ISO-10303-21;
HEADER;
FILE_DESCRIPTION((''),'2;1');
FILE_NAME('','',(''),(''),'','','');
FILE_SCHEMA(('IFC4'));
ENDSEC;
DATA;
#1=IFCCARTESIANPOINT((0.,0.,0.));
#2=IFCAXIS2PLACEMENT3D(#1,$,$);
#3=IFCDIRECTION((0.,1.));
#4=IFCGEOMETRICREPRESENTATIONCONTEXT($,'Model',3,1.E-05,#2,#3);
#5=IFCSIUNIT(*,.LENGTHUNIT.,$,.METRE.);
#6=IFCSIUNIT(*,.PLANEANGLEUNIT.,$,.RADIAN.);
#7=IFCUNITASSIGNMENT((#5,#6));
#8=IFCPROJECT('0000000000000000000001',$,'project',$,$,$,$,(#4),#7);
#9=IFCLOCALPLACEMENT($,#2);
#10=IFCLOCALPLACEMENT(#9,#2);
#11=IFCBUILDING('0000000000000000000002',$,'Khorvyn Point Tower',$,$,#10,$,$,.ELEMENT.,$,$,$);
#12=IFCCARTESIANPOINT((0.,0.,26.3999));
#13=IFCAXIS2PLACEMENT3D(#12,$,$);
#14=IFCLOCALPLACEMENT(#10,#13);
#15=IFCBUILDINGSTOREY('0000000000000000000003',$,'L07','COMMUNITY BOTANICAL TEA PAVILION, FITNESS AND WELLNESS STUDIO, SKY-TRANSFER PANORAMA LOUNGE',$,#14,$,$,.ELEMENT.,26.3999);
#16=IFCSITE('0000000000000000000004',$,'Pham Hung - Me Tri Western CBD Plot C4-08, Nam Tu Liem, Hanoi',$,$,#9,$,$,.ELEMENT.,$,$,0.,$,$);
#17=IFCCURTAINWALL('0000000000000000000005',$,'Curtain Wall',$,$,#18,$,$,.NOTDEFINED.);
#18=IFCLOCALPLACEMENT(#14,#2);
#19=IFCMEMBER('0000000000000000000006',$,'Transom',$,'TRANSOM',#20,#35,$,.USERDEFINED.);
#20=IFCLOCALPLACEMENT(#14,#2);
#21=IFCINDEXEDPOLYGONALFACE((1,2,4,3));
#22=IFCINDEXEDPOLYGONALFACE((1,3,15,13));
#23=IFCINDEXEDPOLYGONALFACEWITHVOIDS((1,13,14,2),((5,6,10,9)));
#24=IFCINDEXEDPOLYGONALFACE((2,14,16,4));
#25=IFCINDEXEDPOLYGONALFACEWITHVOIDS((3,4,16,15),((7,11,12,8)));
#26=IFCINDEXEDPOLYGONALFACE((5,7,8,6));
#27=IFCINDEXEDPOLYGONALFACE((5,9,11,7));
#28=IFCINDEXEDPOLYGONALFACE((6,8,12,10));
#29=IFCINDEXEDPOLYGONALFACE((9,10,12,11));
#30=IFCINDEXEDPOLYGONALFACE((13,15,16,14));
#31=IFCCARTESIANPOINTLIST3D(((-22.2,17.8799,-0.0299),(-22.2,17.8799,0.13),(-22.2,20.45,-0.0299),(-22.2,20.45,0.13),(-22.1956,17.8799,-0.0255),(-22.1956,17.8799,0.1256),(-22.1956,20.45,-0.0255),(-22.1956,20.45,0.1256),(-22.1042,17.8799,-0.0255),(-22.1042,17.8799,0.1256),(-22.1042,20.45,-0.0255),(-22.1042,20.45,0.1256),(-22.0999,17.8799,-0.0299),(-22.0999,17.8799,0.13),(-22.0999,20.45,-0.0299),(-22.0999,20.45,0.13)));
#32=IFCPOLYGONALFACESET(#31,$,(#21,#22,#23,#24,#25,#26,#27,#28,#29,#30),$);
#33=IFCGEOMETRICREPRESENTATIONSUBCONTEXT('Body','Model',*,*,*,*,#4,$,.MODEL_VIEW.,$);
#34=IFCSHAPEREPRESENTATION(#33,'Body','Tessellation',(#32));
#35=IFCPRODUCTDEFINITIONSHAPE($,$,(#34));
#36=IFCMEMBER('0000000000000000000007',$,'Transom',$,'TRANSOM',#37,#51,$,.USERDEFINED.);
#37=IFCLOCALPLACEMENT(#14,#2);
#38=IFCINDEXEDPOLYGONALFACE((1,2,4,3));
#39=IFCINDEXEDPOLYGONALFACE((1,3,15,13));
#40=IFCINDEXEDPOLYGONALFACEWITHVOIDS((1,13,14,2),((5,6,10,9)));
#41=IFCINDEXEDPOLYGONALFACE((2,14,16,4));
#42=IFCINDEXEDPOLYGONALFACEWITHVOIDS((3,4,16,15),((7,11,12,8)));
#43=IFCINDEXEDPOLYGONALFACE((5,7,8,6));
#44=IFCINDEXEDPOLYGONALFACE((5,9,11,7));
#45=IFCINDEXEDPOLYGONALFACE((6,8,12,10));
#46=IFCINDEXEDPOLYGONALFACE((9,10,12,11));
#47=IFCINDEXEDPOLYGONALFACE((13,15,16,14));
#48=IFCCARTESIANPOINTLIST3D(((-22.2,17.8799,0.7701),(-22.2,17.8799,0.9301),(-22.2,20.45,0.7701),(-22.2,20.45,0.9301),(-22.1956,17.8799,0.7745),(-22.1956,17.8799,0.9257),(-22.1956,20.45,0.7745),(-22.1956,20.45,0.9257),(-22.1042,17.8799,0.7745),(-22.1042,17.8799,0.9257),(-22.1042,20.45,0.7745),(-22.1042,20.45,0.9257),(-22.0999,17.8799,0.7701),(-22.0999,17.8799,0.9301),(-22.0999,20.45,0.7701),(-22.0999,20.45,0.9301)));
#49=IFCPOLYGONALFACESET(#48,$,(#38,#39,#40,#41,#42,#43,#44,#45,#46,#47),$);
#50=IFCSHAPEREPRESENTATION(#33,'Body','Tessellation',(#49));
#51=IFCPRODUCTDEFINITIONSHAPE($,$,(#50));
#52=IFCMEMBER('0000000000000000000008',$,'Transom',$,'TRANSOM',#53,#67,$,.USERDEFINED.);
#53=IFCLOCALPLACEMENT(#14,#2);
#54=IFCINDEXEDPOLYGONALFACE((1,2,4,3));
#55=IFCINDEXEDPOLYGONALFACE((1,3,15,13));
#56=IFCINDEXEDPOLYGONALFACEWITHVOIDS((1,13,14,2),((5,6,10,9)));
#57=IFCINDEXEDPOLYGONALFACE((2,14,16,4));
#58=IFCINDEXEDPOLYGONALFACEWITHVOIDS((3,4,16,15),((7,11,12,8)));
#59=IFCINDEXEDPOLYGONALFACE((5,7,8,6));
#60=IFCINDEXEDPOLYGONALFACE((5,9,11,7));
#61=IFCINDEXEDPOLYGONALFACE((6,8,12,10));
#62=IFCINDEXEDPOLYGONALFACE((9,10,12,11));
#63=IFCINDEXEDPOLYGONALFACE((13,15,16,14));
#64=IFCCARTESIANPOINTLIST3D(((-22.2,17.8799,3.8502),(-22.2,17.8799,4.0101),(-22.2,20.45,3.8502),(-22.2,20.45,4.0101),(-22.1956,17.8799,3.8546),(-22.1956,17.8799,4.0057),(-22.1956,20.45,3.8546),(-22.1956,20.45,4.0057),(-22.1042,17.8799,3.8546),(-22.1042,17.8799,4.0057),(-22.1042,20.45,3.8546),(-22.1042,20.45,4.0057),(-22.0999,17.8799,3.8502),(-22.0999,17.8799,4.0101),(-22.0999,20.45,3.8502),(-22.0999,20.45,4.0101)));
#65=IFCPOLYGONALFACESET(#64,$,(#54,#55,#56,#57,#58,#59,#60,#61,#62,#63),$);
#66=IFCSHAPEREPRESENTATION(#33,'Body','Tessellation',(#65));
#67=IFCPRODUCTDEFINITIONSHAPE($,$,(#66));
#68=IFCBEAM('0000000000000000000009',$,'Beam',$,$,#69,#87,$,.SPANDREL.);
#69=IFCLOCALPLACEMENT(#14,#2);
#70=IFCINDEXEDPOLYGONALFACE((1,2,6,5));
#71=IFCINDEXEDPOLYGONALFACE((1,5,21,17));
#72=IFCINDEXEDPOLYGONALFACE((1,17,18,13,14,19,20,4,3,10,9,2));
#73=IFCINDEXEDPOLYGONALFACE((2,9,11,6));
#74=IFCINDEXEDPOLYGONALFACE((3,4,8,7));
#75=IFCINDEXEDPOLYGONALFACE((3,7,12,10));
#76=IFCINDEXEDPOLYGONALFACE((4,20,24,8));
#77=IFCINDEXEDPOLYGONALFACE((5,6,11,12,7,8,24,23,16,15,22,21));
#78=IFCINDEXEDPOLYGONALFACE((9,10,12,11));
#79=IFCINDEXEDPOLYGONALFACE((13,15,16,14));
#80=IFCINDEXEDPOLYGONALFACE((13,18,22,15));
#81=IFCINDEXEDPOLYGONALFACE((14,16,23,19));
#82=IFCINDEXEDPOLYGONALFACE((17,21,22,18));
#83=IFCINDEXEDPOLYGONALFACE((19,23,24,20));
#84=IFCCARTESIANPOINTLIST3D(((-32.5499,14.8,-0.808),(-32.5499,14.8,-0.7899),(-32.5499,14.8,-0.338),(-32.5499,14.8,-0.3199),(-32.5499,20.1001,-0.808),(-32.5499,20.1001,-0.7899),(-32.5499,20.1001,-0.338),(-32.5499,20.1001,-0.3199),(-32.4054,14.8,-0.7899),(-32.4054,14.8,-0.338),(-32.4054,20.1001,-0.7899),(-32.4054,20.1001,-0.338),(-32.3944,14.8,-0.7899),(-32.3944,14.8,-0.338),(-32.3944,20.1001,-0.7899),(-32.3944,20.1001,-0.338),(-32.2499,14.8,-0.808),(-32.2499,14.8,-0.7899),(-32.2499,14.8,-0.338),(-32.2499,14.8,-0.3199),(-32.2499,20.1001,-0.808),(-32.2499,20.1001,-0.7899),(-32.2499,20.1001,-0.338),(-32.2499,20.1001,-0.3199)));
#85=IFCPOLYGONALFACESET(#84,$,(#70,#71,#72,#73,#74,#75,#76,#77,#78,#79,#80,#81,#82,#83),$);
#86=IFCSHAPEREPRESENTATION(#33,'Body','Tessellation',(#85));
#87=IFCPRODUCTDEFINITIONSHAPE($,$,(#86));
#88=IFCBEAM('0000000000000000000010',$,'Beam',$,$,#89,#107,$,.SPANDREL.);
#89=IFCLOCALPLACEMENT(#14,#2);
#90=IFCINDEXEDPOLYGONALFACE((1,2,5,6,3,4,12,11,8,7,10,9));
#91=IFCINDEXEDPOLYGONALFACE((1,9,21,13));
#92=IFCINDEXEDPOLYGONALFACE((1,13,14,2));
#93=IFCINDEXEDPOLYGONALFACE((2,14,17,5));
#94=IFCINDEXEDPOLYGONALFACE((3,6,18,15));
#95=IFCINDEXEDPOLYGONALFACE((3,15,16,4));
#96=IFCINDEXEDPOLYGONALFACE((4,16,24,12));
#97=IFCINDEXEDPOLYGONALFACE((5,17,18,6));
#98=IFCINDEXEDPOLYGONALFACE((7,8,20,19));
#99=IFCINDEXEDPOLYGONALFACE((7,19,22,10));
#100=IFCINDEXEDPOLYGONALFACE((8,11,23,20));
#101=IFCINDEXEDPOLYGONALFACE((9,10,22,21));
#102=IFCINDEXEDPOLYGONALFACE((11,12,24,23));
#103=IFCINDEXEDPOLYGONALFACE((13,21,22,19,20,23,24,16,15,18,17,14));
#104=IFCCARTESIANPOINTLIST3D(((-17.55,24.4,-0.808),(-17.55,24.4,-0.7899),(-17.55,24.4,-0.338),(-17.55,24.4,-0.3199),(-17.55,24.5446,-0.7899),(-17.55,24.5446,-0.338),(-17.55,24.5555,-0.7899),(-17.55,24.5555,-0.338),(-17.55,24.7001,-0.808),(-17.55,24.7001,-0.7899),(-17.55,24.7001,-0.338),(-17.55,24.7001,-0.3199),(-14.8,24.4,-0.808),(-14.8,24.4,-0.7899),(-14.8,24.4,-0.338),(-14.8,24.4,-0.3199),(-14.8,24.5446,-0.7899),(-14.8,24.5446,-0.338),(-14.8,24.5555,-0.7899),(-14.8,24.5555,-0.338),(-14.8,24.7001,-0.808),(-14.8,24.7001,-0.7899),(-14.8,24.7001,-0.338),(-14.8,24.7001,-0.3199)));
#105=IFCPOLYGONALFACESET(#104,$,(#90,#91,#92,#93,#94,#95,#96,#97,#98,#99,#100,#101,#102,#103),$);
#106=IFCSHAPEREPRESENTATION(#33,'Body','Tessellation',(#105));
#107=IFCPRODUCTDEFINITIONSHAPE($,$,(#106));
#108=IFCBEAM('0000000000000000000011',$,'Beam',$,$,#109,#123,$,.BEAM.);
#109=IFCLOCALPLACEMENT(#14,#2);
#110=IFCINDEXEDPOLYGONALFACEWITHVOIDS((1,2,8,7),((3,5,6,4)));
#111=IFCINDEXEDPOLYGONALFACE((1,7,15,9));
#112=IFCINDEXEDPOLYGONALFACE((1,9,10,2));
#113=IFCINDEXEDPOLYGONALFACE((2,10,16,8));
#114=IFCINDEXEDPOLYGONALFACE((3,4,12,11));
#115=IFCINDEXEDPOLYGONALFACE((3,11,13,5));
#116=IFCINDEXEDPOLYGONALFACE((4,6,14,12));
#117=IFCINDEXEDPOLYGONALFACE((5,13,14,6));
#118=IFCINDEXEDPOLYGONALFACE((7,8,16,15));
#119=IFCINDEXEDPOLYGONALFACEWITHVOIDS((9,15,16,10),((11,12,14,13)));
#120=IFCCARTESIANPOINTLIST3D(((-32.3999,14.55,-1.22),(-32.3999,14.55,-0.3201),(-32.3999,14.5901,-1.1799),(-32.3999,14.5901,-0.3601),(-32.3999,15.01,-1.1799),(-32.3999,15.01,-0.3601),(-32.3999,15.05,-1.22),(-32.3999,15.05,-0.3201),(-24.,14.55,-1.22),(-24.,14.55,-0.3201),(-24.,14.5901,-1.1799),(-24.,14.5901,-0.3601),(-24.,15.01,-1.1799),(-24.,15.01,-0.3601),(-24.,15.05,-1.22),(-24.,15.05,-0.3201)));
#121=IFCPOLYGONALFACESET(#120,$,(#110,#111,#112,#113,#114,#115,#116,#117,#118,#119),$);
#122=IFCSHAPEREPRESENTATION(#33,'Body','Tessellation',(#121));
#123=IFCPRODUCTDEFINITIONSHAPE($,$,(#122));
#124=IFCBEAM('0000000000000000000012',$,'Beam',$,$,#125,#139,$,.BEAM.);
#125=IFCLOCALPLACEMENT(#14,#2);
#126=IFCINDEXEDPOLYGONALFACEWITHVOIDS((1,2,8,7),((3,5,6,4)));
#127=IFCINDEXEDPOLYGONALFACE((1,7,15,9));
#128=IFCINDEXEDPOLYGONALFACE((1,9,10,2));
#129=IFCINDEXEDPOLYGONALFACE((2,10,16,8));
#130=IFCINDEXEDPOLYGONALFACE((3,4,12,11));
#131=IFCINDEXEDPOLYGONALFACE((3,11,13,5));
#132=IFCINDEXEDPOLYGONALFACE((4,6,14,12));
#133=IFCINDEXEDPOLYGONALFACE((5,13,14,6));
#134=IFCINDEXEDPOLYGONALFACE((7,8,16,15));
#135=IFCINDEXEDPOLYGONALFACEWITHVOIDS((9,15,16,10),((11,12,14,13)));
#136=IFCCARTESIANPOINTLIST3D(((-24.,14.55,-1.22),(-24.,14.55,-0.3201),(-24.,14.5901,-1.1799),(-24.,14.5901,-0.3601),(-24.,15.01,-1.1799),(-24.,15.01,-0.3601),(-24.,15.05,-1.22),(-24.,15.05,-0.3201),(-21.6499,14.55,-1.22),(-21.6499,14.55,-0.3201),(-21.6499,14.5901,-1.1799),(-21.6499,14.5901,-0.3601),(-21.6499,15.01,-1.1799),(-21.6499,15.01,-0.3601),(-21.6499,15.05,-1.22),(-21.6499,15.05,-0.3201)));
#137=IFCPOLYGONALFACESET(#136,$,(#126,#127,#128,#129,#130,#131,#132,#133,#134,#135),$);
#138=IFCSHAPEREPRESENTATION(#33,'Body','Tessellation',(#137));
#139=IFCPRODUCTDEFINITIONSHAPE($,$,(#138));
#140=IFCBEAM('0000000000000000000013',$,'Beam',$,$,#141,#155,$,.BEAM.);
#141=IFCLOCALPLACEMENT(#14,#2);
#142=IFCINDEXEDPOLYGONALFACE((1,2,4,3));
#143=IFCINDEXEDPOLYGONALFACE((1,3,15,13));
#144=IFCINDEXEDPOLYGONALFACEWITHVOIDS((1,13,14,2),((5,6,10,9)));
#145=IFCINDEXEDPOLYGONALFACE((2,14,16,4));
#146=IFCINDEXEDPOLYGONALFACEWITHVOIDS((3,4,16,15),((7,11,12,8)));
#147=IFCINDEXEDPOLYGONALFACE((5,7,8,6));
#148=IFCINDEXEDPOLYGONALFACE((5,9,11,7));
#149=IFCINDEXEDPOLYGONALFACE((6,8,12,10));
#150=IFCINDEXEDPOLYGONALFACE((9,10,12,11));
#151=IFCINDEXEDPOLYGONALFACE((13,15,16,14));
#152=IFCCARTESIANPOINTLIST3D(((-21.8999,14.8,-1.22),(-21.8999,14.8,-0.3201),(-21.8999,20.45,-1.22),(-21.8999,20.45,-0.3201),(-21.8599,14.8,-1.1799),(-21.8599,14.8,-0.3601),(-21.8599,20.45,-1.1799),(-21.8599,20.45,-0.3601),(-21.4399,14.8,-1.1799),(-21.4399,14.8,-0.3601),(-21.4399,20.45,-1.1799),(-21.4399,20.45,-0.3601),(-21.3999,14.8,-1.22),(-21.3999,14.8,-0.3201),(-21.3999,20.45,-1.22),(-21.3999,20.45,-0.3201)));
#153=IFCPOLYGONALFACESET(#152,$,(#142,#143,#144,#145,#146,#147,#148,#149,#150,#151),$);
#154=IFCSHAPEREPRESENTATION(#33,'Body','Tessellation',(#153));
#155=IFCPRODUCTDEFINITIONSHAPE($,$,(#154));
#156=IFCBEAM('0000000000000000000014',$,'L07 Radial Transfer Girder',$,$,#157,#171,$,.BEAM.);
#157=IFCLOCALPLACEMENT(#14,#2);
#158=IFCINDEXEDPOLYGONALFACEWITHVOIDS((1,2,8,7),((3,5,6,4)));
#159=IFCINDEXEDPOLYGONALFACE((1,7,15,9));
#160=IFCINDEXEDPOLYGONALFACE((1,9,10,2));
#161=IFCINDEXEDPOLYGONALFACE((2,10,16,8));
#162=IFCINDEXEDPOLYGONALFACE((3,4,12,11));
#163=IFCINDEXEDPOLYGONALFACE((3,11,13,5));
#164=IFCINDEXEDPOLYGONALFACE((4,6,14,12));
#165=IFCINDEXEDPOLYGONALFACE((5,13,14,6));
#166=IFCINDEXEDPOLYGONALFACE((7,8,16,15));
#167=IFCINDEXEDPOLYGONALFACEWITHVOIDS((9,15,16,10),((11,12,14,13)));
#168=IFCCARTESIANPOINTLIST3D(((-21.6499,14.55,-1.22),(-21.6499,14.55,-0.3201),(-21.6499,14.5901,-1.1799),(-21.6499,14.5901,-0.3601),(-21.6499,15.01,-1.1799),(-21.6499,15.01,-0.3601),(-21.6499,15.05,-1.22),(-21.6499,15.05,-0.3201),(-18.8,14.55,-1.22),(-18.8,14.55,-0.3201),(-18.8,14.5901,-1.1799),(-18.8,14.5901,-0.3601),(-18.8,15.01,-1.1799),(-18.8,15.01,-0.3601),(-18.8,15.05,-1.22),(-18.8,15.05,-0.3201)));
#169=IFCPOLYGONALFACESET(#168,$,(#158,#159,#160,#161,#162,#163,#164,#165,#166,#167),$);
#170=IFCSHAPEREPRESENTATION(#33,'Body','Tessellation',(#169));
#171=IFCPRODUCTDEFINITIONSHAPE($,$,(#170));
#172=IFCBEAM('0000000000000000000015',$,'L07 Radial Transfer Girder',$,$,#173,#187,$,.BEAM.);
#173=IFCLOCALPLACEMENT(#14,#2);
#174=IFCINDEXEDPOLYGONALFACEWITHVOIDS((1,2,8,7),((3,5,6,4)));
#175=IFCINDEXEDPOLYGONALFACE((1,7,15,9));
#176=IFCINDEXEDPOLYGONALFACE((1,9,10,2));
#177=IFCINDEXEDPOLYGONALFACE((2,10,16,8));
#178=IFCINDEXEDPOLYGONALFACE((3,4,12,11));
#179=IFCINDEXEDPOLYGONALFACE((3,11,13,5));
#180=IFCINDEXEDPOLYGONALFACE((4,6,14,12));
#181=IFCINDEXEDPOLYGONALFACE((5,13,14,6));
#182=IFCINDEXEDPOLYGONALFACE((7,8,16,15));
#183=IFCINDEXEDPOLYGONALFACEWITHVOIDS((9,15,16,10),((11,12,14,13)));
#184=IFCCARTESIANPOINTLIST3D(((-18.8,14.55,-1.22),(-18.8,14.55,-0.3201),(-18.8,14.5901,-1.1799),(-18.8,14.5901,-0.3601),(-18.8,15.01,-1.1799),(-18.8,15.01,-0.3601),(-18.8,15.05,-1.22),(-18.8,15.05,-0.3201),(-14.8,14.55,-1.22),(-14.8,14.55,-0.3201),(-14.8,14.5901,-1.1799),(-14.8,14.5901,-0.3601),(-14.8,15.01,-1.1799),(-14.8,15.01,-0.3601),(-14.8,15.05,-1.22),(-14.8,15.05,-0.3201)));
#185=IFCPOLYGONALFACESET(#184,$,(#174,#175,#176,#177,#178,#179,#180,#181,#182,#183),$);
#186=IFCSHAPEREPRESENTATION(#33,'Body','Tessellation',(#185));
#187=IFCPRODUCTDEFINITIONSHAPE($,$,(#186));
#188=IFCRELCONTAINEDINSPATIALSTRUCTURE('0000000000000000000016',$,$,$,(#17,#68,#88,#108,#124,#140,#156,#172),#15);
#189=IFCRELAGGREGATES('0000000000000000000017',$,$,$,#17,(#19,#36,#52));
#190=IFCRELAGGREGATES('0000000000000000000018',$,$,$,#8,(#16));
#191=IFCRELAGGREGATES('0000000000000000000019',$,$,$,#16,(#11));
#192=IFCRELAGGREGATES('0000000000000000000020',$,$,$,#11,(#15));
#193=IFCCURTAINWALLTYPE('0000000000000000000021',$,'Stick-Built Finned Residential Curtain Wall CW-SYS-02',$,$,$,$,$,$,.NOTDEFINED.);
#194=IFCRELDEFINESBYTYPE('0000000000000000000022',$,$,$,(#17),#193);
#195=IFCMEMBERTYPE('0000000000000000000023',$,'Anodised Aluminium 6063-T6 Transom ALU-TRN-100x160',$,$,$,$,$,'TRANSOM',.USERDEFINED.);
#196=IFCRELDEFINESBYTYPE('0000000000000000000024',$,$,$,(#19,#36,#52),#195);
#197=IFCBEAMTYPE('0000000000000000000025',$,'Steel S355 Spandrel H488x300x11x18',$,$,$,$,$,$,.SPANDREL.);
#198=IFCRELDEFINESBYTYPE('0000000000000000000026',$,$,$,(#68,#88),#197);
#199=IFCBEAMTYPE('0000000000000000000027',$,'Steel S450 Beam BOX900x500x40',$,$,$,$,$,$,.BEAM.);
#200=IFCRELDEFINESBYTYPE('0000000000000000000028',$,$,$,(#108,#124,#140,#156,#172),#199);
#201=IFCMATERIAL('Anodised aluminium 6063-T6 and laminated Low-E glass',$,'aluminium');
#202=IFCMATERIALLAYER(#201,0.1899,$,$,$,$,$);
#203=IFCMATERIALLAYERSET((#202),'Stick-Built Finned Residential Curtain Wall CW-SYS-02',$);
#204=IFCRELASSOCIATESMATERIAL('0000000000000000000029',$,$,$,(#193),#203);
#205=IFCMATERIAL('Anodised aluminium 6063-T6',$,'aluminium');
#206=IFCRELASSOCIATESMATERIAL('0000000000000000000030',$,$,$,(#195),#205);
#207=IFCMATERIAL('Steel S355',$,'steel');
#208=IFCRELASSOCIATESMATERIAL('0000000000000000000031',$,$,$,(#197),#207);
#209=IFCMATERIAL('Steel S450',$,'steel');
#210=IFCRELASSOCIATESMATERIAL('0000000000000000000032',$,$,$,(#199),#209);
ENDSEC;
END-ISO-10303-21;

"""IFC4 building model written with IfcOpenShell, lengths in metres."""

from ifc_helpers import new_model, si_unit, direction, frame, origin, origin_2d, place, context, subcontext, project, spatial, hollow_rectangle, i_section, extrude, material, layer, layer_set, material_profile, profile_set, type_object, element, aggregate, save


model = new_model("IFC4")

# Units and contexts
model_context = context("Model", 3, precision=1e-05, world=origin(), true_north=direction((0.0, 1.0)))
body_context = subcontext(model_context, "Body", "Model", "MODEL_VIEW")
ifc_project = project(units=[si_unit("LENGTHUNIT", "METRE"), si_unit("PLANEANGLEUNIT", "RADIAN")], contexts=[model_context])

# Site, building, storey
site_placement = place(None, origin())
site = spatial("IfcSite", under=ifc_project, at=site_placement, Name="Pham Hung - Me Tri Western CBD Plot C4-08, Nam Tu Liem, Hanoi", CompositionType="ELEMENT", RefElevation=0.0)
building_placement = place(site_placement, origin())
building = spatial("IfcBuilding", under=site, at=building_placement, Name="Khorvyn Point Tower", CompositionType="ELEMENT")
storey_placement = place(building_placement, frame((0.0, 0.0, 26.3999)))
storey = spatial("IfcBuildingStorey", under=building, at=storey_placement, Name="L07", Description="COMMUNITY BOTANICAL TEA PAVILION, FITNESS AND WELLNESS STUDIO, SKY-TRANSFER PANORAMA LOUNGE", CompositionType="ELEMENT", Elevation=26.3999)

# Shared definitions
ifc_material_1 = material(Name="Steel S450", Category="steel")

# Shared definitions
ifc_material_2 = material(Name="Anodised aluminium 6063-T6 and laminated Low-E glass", Category="aluminium")
ifc_layer_1 = layer(ifc_material_2, 0.1899)
ifc_layer_set_1 = layer_set([ifc_layer_1], Name="Stick-Built Finned Residential Curtain Wall CW-SYS-02")
curtain_wall_type = type_object("IfcCurtainWallType", Name="Stick-Built Finned Residential Curtain Wall CW-SYS-02", PredefinedType="NOTDEFINED", material=ifc_layer_set_1)
ifc_material_3 = material(Name="Anodised aluminium 6063-T6", Category="aluminium")

# Curtain wall
curtain_wall_1_placement = place(storey_placement, origin())
curtain_wall_1 = element("IfcCurtainWall", 1, at=curtain_wall_1_placement, inside=storey, type_object=curtain_wall_type, Name="Curtain Wall", PredefinedType="NOTDEFINED")

# Members
ifc_material_profile_1 = material_profile(ifc_material_3, hollow_rectangle(XDim=0.1001, YDim=0.1599, WallThickness=0.0044, at=origin_2d()))
ifc_profile_set_1 = profile_set([ifc_material_profile_1], Name="Anodised aluminium 6063-T6 ALU-TRN-100x160")
member_type_1 = type_object("IfcMemberType", Name="Anodised Aluminium 6063-T6 Transom ALU-TRN-100x160", ElementType="TRANSOM", PredefinedType="USERDEFINED", material=ifc_profile_set_1)
member_1_placement = place(storey_placement, frame((-22.1499, 17.8799, 0.05), z_axis=(0.0, 1.0, 0.0), x_axis=(-1.0, 0.0, 0.0)))
member_1 = element("IfcMember", 2, at=member_1_placement, type_object=member_type_1, Name="Transom", ObjectType="TRANSOM", PredefinedType="USERDEFINED", context=body_context, shape_type="SweptSolid", body=[
    extrude(hollow_rectangle(XDim=0.1001, YDim=0.1599, WallThickness=0.0044, at=origin_2d()), origin(), (0.0, 0.0, 1.0), 2.5701),
])
member_2_placement = place(storey_placement, frame((-22.1499, 17.8799, 0.8501), z_axis=(0.0, 1.0, 0.0), x_axis=(-1.0, 0.0, 0.0)))
member_2 = element("IfcMember", 3, at=member_2_placement, type_object=member_type_1, Name="Transom", ObjectType="TRANSOM", PredefinedType="USERDEFINED", context=body_context, shape_type="SweptSolid", body=[
    extrude(hollow_rectangle(XDim=0.1001, YDim=0.1599, WallThickness=0.0044, at=origin_2d()), origin(), (0.0, 0.0, 1.0), 2.5701),
])
member_3_placement = place(storey_placement, frame((-22.1499, 17.8799, 3.9302), z_axis=(0.0, 1.0, 0.0), x_axis=(-1.0, 0.0, 0.0)))
member_3 = element("IfcMember", 4, at=member_3_placement, type_object=member_type_1, Name="Transom", ObjectType="TRANSOM", PredefinedType="USERDEFINED", context=body_context, shape_type="SweptSolid", body=[
    extrude(hollow_rectangle(XDim=0.1001, YDim=0.1599, WallThickness=0.0044, at=origin_2d()), origin(), (0.0, 0.0, 1.0), 2.5701),
])

# Beams
ifc_material_4 = material(Name="Steel S355", Category="steel")
ifc_material_profile_2 = material_profile(ifc_material_4, i_section(OverallWidth=0.3, OverallDepth=0.488, WebThickness=0.011, FlangeThickness=0.0181, at=origin_2d()))
ifc_profile_set_2 = profile_set([ifc_material_profile_2], Name="Steel S355 H488x300x11x18")
beam_type_1 = type_object("IfcBeamType", Name="Steel S355 Spandrel H488x300x11x18", PredefinedType="SPANDREL", material=ifc_profile_set_2)
beam_1_placement = place(storey_placement, frame((-32.3999, 14.8, -0.564), z_axis=(0.0, 1.0, 0.0), x_axis=(-1.0, 0.0, 0.0)))
element("IfcBeam", 5, at=beam_1_placement, inside=storey, type_object=beam_type_1, Name="Beam", PredefinedType="SPANDREL", context=body_context, shape_type="SweptSolid", body=[
    extrude(i_section(OverallWidth=0.3, OverallDepth=0.488, WebThickness=0.011, FlangeThickness=0.0181, at=origin_2d()), origin(), (0.0, 0.0, 1.0), 5.3),
])
beam_2_placement = place(storey_placement, frame((-17.55, 24.55, -0.564), z_axis=(1.0, 0.0, 0.0), x_axis=(0.0, 1.0, 0.0)))
element("IfcBeam", 6, at=beam_2_placement, inside=storey, type_object=beam_type_1, Name="Beam", PredefinedType="SPANDREL", context=body_context, shape_type="SweptSolid", body=[
    extrude(i_section(OverallWidth=0.3, OverallDepth=0.488, WebThickness=0.011, FlangeThickness=0.0181, at=origin_2d()), origin(), (0.0, 0.0, 1.0), 2.75),
])
ifc_material_profile_3 = material_profile(ifc_material_1, hollow_rectangle(XDim=0.5, YDim=0.8999, WallThickness=0.04, at=origin_2d()))
ifc_profile_set_3 = profile_set([ifc_material_profile_3], Name="Steel S450 BOX900x500x40")
beam_type_2 = type_object("IfcBeamType", Name="Steel S450 Beam BOX900x500x40", PredefinedType="BEAM", material=ifc_profile_set_3)
beam_3_placement = place(storey_placement, frame((-32.3999, 14.8, -0.77), z_axis=(1.0, 0.0, 0.0), x_axis=(0.0, 1.0, 0.0)))
element("IfcBeam", 7, at=beam_3_placement, inside=storey, type_object=beam_type_2, Name="Beam", PredefinedType="BEAM", context=body_context, shape_type="SweptSolid", body=[
    extrude(hollow_rectangle(XDim=0.5, YDim=0.8999, WallThickness=0.04, at=origin_2d()), origin(), (0.0, 0.0, 1.0), 8.3999),
])
beam_4_placement = place(storey_placement, frame((-24.0, 14.8, -0.77), z_axis=(1.0, 0.0, 0.0), x_axis=(0.0, 1.0, 0.0)))
element("IfcBeam", 8, at=beam_4_placement, inside=storey, type_object=beam_type_2, Name="Beam", PredefinedType="BEAM", context=body_context, shape_type="SweptSolid", body=[
    extrude(hollow_rectangle(XDim=0.5, YDim=0.8999, WallThickness=0.04, at=origin_2d()), origin(), (0.0, 0.0, 1.0), 2.3501),
])
beam_5_placement = place(storey_placement, frame((-21.6499, 14.8, -0.77), z_axis=(0.0, 1.0, 0.0), x_axis=(-1.0, 0.0, 0.0)))
element("IfcBeam", 9, at=beam_5_placement, inside=storey, type_object=beam_type_2, Name="Beam", PredefinedType="BEAM", context=body_context, shape_type="SweptSolid", body=[
    extrude(hollow_rectangle(XDim=0.5, YDim=0.8999, WallThickness=0.04, at=origin_2d()), origin(), (0.0, 0.0, 1.0), 5.6499),
])
beam_6_placement = place(storey_placement, frame((-21.6499, 14.8, -0.77), z_axis=(1.0, 0.0, 0.0), x_axis=(0.0, 1.0, 0.0)))
element("IfcBeam", 10, at=beam_6_placement, inside=storey, type_object=beam_type_2, Name="L07 Radial Transfer Girder", PredefinedType="BEAM", context=body_context, shape_type="SweptSolid", body=[
    extrude(hollow_rectangle(XDim=0.5, YDim=0.8999, WallThickness=0.04, at=origin_2d()), origin(), (0.0, 0.0, 1.0), 2.8499),
])
beam_7_placement = place(storey_placement, frame((-18.8, 14.8, -0.77), z_axis=(1.0, 0.0, 0.0), x_axis=(0.0, 1.0, 0.0)))
element("IfcBeam", 11, at=beam_7_placement, inside=storey, type_object=beam_type_2, Name="L07 Radial Transfer Girder", PredefinedType="BEAM", context=body_context, shape_type="SweptSolid", body=[
    extrude(hollow_rectangle(XDim=0.5, YDim=0.8999, WallThickness=0.04, at=origin_2d()), origin(), (0.0, 0.0, 1.0), 4.0),
])

aggregate(curtain_wall_1, [member_1, member_2, member_3])

save(model, "model.ifc")
